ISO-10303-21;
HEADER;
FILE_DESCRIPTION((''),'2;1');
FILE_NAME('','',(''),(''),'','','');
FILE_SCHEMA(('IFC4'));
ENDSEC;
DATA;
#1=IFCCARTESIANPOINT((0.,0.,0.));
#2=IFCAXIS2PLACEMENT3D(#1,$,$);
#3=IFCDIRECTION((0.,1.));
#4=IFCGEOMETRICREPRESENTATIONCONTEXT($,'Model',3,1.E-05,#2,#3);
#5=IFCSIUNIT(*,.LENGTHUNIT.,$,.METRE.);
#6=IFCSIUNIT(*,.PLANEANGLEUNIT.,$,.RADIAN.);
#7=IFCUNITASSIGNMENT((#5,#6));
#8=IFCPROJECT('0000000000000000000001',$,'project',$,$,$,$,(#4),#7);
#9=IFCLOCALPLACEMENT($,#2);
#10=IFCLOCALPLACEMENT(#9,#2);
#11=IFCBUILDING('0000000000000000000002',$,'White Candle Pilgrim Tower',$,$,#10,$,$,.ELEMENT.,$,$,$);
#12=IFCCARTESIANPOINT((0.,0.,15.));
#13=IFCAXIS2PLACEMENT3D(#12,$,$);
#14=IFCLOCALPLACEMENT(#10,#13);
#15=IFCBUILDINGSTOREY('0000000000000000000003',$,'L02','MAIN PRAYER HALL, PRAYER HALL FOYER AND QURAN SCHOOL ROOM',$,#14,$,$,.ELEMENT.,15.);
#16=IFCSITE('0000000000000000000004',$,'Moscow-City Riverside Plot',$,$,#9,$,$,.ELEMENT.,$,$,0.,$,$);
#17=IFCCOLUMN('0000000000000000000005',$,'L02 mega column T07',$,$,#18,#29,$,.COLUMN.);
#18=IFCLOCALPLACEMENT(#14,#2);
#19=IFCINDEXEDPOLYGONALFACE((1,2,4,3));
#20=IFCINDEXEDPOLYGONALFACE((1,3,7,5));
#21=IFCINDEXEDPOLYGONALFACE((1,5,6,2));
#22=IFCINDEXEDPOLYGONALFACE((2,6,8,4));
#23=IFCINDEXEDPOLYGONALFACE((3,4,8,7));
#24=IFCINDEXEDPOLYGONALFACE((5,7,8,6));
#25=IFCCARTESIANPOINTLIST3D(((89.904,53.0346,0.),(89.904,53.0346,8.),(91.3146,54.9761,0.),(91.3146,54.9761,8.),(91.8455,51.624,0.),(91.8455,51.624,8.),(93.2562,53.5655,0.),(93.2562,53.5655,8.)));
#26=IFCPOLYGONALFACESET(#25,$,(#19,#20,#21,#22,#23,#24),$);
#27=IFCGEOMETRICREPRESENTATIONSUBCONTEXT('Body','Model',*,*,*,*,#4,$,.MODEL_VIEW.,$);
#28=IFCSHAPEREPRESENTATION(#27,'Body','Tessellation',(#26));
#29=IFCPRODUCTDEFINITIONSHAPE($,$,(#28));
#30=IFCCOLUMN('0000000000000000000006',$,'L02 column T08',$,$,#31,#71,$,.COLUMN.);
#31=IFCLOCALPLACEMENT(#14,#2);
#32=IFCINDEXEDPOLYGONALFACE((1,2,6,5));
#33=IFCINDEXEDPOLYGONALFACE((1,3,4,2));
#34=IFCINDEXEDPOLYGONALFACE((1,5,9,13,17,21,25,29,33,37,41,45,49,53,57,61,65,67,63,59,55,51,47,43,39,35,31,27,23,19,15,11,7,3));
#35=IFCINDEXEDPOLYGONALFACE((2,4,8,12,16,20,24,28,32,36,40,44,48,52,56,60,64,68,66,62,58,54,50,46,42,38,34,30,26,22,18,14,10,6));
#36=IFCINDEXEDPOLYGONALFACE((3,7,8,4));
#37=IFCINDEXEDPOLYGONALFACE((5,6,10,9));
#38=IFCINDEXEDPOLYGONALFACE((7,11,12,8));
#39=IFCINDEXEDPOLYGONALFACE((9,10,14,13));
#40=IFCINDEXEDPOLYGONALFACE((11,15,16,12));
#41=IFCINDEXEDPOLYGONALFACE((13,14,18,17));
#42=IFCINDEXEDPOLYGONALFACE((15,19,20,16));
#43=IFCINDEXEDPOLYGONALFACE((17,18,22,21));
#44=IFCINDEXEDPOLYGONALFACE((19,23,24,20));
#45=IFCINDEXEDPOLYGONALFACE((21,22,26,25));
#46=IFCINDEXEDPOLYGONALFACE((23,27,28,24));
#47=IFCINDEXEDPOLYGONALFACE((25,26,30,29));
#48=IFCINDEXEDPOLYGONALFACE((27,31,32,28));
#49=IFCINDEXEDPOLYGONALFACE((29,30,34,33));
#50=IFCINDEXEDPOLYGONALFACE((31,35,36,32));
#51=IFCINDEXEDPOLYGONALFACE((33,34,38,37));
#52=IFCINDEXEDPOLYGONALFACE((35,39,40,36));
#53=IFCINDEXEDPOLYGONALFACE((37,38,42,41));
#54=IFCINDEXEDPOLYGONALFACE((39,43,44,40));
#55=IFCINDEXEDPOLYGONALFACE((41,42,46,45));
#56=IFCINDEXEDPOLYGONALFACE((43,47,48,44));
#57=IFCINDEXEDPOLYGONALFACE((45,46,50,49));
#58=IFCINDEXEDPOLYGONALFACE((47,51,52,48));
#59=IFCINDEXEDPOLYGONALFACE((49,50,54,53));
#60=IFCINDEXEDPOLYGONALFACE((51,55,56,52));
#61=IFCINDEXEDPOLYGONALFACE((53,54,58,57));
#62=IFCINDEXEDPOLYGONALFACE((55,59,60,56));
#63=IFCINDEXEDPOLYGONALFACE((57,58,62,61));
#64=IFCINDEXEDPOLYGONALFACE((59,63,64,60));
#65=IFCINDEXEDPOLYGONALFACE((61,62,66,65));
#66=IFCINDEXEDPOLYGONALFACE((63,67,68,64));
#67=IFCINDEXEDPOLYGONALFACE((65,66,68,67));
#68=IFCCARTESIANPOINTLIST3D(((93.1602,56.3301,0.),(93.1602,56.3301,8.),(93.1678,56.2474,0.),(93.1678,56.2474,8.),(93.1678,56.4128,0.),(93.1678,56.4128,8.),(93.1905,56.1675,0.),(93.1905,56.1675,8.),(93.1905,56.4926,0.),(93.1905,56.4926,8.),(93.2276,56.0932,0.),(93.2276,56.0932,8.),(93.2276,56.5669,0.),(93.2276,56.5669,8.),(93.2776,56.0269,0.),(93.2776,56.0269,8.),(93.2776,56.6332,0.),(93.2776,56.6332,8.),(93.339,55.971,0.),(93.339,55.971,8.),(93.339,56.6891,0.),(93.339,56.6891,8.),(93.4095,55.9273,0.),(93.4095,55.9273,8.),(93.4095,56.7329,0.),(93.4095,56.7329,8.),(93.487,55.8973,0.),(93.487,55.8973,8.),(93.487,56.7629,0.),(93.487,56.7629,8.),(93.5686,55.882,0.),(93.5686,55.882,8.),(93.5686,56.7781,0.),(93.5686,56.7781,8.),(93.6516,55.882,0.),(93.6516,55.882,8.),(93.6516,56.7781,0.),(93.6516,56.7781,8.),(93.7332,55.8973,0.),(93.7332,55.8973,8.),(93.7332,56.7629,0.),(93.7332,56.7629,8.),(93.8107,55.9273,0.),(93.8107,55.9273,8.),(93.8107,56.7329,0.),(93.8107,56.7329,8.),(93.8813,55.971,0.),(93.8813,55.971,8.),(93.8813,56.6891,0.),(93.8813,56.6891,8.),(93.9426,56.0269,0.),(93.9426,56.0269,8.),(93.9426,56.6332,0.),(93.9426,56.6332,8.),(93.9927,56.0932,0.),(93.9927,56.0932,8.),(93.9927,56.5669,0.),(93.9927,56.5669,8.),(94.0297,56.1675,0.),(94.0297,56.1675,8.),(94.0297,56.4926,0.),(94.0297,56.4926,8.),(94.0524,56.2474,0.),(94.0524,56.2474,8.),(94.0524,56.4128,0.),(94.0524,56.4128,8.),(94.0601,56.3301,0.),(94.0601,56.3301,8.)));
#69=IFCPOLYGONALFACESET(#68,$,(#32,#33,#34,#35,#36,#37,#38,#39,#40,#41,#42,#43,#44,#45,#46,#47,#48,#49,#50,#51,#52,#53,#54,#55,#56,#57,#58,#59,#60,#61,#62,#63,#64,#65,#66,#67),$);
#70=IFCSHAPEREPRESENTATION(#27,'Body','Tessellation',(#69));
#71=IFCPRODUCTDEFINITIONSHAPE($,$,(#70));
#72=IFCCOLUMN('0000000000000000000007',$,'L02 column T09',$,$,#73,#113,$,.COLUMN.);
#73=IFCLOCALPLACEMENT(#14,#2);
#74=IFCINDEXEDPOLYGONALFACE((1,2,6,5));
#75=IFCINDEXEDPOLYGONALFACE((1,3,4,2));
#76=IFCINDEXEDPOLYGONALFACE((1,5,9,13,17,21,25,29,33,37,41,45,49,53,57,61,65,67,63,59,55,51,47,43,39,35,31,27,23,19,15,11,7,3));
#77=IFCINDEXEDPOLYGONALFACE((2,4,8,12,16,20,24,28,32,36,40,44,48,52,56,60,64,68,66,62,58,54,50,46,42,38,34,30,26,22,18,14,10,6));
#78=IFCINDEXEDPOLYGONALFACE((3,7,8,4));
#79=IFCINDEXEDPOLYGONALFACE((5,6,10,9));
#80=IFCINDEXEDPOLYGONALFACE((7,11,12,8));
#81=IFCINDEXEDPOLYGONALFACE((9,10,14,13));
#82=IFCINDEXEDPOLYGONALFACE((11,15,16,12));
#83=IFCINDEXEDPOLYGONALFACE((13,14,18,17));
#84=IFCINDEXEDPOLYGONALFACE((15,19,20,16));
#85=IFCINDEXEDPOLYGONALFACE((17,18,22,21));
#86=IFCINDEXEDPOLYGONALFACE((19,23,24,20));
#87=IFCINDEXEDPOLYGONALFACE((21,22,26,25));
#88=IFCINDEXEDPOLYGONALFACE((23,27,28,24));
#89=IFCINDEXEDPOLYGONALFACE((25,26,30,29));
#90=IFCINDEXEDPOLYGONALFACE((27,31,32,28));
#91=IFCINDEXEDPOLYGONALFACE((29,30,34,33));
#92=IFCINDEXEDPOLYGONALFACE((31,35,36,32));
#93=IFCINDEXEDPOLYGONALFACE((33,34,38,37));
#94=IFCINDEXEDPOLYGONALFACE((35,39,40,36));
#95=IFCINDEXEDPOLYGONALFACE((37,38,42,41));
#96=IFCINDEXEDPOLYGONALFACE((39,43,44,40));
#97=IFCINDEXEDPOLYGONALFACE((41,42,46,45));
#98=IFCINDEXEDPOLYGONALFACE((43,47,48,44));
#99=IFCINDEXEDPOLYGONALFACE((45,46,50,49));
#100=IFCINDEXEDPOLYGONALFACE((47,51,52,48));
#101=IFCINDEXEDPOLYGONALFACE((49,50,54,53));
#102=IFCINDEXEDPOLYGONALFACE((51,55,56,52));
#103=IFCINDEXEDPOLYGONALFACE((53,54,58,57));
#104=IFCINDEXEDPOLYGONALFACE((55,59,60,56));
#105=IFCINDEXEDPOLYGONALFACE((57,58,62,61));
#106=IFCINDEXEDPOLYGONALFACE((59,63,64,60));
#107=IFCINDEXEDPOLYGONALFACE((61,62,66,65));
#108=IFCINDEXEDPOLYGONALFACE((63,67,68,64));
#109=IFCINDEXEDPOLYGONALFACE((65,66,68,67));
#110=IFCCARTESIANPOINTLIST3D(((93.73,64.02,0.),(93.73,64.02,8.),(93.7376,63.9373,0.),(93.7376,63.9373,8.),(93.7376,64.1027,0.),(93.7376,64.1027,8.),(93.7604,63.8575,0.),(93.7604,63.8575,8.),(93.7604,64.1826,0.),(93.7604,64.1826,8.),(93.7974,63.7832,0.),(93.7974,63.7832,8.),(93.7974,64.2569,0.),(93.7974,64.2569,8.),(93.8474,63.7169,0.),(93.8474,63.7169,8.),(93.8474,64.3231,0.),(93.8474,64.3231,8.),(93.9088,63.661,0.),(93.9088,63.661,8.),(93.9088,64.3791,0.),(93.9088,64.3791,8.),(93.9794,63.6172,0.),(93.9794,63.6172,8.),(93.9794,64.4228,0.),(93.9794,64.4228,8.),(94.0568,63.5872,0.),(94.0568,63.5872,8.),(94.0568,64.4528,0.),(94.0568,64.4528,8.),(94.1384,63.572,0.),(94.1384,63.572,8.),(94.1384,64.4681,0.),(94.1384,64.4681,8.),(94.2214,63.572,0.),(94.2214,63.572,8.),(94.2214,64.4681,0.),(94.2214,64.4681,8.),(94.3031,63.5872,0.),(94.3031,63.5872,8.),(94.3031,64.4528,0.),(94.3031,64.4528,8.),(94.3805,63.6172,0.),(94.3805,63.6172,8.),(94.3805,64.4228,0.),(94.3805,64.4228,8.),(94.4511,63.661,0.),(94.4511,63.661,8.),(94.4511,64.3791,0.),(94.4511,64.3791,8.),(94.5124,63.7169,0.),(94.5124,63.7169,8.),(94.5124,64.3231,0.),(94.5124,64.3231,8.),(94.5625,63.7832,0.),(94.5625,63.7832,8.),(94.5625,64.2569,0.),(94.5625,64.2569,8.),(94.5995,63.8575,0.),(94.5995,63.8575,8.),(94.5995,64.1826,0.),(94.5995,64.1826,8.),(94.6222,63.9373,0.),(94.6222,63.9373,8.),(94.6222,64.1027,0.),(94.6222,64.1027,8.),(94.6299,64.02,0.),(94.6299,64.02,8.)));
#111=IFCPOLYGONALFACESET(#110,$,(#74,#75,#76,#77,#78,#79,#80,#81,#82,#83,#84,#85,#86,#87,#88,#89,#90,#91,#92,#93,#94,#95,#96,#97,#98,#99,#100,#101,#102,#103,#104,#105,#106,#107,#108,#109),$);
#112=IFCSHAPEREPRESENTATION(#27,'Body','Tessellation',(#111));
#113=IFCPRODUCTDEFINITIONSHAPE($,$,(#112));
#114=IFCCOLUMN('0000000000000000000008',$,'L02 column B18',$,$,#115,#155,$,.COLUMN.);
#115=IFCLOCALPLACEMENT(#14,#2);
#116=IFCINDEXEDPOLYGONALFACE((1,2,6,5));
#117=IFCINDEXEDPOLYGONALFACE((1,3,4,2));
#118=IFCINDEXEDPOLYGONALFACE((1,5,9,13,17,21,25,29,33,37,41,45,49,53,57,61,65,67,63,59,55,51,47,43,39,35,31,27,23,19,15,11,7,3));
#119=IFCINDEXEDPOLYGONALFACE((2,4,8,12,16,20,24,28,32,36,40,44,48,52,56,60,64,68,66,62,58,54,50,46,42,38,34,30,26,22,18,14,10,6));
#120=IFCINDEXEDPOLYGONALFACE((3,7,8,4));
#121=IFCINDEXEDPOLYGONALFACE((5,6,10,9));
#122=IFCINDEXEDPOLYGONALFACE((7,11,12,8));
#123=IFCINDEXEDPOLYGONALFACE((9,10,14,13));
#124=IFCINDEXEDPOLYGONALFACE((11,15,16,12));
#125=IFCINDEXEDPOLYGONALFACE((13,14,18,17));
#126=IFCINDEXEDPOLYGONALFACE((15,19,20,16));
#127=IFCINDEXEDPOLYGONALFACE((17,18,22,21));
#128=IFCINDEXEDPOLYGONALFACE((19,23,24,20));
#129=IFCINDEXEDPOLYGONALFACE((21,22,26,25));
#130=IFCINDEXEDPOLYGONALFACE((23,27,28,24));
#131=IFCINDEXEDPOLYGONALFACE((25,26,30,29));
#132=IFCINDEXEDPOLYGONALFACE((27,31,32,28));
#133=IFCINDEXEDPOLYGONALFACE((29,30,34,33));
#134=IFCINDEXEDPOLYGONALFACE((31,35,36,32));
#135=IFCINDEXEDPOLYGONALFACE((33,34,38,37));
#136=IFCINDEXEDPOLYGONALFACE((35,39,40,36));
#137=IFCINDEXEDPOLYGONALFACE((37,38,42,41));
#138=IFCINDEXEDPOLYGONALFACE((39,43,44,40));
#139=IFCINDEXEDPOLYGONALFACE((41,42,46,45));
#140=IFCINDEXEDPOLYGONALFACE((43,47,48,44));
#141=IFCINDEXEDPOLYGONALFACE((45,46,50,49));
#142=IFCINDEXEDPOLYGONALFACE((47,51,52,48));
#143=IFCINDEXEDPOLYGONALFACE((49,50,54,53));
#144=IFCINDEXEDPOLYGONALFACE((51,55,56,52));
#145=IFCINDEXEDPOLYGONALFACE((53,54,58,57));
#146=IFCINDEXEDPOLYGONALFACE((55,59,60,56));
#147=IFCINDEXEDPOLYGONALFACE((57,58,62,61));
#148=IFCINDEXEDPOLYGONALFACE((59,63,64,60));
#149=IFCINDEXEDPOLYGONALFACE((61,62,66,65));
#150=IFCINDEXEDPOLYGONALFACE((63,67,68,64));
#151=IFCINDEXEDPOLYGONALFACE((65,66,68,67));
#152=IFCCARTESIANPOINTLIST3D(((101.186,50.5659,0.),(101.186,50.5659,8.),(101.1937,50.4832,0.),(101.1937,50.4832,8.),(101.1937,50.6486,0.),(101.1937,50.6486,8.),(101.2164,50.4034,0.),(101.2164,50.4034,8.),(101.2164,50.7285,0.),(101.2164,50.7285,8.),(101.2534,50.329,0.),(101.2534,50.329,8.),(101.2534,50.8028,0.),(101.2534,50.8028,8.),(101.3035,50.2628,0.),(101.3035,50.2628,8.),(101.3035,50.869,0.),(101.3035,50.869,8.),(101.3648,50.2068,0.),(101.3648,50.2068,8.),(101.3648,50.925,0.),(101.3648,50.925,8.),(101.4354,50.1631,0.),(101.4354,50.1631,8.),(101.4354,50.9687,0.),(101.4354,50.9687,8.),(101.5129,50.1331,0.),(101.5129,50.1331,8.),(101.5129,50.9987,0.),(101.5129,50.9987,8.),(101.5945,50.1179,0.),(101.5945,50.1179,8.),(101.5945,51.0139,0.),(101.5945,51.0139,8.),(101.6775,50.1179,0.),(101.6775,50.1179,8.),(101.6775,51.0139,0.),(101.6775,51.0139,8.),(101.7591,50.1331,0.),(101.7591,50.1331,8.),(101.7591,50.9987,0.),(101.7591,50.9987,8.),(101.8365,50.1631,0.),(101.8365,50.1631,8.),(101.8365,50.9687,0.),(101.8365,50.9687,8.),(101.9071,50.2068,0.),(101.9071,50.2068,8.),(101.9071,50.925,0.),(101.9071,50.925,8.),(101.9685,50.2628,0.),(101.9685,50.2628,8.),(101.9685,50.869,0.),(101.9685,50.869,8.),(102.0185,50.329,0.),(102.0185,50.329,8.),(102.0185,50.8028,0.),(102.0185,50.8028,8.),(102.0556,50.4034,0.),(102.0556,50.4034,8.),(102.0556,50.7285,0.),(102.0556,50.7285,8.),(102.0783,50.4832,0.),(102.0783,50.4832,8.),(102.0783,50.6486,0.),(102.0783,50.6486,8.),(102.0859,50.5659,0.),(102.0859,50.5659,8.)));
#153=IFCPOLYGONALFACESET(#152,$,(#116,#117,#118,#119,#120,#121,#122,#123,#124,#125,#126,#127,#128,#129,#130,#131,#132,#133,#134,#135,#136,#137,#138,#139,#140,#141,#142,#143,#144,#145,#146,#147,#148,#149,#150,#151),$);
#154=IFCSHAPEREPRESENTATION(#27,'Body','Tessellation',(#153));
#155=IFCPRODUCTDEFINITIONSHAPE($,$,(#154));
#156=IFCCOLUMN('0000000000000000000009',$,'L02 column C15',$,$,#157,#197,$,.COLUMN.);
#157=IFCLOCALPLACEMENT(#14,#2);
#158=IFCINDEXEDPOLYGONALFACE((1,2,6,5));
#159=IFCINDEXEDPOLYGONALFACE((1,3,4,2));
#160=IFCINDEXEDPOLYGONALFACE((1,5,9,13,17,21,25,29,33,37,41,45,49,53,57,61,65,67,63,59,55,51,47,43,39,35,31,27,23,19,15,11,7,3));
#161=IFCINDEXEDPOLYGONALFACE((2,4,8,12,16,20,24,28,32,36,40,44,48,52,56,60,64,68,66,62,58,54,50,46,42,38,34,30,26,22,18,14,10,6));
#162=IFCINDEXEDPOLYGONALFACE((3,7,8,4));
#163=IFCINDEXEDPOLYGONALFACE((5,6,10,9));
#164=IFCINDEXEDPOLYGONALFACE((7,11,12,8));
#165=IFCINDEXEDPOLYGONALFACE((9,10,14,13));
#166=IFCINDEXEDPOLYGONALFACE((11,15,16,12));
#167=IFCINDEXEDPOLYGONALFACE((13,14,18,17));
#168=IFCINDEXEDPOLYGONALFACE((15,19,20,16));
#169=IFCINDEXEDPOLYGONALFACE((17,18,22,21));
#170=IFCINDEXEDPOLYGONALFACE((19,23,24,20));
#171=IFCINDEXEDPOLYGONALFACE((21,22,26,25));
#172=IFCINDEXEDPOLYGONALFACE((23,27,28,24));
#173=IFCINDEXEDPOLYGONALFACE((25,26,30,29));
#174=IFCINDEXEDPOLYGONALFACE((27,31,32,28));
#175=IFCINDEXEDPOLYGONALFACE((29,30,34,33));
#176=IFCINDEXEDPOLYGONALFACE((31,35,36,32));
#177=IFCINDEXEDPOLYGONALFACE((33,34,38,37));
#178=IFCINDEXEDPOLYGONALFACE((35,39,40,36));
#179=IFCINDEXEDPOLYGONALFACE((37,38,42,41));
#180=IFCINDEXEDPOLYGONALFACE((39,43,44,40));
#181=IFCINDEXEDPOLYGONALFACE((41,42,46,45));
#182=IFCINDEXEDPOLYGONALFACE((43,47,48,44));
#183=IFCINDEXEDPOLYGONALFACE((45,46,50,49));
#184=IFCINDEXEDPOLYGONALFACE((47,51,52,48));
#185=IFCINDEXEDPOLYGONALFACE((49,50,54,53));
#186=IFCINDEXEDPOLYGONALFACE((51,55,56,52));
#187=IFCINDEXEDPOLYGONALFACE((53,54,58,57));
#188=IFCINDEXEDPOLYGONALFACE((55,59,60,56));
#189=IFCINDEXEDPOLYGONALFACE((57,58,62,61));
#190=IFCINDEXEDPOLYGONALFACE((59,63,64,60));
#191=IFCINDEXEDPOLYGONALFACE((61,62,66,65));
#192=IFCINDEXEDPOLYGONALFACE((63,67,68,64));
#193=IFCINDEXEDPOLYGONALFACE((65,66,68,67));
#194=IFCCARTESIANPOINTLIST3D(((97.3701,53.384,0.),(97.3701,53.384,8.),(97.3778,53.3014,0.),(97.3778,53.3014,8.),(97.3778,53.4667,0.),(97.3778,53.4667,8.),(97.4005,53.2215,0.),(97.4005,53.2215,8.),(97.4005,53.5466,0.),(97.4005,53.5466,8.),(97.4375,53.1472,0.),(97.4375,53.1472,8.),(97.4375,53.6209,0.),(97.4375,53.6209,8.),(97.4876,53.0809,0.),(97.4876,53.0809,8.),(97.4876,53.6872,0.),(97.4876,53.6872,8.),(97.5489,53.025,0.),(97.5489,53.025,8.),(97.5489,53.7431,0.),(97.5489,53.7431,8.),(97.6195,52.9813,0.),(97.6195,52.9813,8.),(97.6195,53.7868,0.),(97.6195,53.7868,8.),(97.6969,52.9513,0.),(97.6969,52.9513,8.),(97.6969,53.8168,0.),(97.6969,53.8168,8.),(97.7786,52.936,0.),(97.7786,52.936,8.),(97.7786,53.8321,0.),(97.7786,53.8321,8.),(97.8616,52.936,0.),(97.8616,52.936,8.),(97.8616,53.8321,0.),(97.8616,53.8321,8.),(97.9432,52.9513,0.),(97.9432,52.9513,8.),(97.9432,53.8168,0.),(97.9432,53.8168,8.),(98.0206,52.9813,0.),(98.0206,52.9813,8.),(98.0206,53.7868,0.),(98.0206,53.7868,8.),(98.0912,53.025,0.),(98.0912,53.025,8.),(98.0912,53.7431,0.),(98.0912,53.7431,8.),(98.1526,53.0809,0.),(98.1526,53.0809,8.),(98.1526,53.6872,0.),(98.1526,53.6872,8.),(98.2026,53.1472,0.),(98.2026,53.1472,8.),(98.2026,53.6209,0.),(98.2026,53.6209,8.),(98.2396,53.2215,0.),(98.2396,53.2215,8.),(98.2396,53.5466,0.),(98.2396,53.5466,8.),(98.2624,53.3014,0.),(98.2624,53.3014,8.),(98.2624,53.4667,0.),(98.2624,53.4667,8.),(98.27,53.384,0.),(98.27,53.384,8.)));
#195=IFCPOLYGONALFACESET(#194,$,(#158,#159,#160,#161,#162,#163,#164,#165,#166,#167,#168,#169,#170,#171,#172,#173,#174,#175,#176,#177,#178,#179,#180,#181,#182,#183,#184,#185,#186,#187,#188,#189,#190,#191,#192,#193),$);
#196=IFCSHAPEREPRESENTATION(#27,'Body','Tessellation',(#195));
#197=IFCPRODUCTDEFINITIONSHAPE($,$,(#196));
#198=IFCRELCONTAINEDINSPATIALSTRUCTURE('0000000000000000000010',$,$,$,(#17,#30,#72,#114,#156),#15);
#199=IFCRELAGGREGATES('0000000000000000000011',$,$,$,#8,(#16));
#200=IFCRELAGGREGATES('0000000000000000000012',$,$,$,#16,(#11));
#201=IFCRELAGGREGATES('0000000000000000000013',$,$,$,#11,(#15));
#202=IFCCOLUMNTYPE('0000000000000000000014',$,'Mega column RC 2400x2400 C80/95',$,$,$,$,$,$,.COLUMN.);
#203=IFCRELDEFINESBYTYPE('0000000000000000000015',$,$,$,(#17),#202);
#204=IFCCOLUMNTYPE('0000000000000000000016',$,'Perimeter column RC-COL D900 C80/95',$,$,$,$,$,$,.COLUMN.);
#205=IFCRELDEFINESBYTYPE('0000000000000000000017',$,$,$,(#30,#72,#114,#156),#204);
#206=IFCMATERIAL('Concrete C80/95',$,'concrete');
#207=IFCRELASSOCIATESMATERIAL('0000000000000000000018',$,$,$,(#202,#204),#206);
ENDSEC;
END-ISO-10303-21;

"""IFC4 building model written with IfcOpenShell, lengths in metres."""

from ifc_helpers import new_model, si_unit, direction, frame, origin, origin_2d, place, context, subcontext, project, spatial, rectangle, circle, extrude, material, material_profile, profile_set, type_object, element, save


model = new_model("IFC4")

# Units and contexts
model_context = context("Model", 3, precision=1e-05, world=origin(), true_north=direction((0.0, 1.0)))
body_context = subcontext(model_context, "Body", "Model", "MODEL_VIEW")
ifc_project = project(units=[si_unit("LENGTHUNIT", "METRE"), si_unit("PLANEANGLEUNIT", "RADIAN")], contexts=[model_context])

# Site, building, storey
site_placement = place(None, origin())
site = spatial("IfcSite", under=ifc_project, at=site_placement, Name="Moscow-City Riverside Plot", CompositionType="ELEMENT", RefElevation=0.0)
building_placement = place(site_placement, origin())
building = spatial("IfcBuilding", under=site, at=building_placement, Name="White Candle Pilgrim Tower", CompositionType="ELEMENT")
storey_placement = place(building_placement, frame((0.0, 0.0, 15.0)))
storey = spatial("IfcBuildingStorey", under=building, at=storey_placement, Name="L02", Description="MAIN PRAYER HALL, PRAYER HALL FOYER AND QURAN SCHOOL ROOM", CompositionType="ELEMENT", Elevation=15.0)

# Columns
ifc_material_1 = material(Name="Concrete C80/95", Category="concrete")
ifc_material_profile_1 = material_profile(ifc_material_1, rectangle(XDim=2.3999, YDim=2.3999, at=origin_2d()), Name="RC 2400x2400")
ifc_profile_set_1 = profile_set([ifc_material_profile_1], Name="Concrete C80/95")
column_type_1 = type_object("IfcColumnType", Name="Mega column RC 2400x2400 C80/95", PredefinedType="COLUMN", material=ifc_profile_set_1)
column_placement = place(storey_placement, frame((91.5801, 53.3, 0.0), z_axis=(0.0, 0.0, 1.0), x_axis=(0.809017, -0.587785, 0.0)))
element("IfcColumn", 1, at=column_placement, inside=storey, type_object=column_type_1, Name="L02 mega column T07", PredefinedType="COLUMN", context=body_context, shape_type="SweptSolid", body=[
    extrude(rectangle(XDim=2.3999, YDim=2.3999, at=origin_2d()), origin(), (0.0, 0.0, 1.0), 8.0),
])
ifc_material_profile_2 = material_profile(ifc_material_1, circle(Radius=0.45, at=origin_2d()), Name="RC-COL D900")
ifc_profile_set_2 = profile_set([ifc_material_profile_2], Name="Concrete C80/95")
column_type_2 = type_object("IfcColumnType", Name="Perimeter column RC-COL D900 C80/95", PredefinedType="COLUMN", material=ifc_profile_set_2)
for number, where, z_axis, x_axis, name in (
    (2, (93.6101, 56.3301, 0.0), (0.0, 0.0, 1.0), (1.0, 0.0, 0.0), "L02 column T08"),
    (3, (94.1799, 64.02, 0.0), (0.0, 0.0, 1.0), (1.0, 0.0, 0.0), "L02 column T09"),
    (4, (101.636, 50.5659, 0.0), (0.0, 0.0, 1.0), (1.0, 0.0, 0.0), "L02 column B18"),
    (5, (97.8201, 53.384, 0.0), (0.0, 0.0, 1.0), (1.0, 0.0, 0.0), "L02 column C15"),
):
    element("IfcColumn", number, at=place(storey_placement, frame(where, z_axis=z_axis, x_axis=x_axis)), inside=storey, type_object=column_type_2, Name=name, PredefinedType="COLUMN", context=body_context, shape_type="SweptSolid", body=[
        extrude(circle(Radius=0.45, at=origin_2d()), origin(), (0.0, 0.0, 1.0), 8.0),
    ])

save(model, "model.ifc")
